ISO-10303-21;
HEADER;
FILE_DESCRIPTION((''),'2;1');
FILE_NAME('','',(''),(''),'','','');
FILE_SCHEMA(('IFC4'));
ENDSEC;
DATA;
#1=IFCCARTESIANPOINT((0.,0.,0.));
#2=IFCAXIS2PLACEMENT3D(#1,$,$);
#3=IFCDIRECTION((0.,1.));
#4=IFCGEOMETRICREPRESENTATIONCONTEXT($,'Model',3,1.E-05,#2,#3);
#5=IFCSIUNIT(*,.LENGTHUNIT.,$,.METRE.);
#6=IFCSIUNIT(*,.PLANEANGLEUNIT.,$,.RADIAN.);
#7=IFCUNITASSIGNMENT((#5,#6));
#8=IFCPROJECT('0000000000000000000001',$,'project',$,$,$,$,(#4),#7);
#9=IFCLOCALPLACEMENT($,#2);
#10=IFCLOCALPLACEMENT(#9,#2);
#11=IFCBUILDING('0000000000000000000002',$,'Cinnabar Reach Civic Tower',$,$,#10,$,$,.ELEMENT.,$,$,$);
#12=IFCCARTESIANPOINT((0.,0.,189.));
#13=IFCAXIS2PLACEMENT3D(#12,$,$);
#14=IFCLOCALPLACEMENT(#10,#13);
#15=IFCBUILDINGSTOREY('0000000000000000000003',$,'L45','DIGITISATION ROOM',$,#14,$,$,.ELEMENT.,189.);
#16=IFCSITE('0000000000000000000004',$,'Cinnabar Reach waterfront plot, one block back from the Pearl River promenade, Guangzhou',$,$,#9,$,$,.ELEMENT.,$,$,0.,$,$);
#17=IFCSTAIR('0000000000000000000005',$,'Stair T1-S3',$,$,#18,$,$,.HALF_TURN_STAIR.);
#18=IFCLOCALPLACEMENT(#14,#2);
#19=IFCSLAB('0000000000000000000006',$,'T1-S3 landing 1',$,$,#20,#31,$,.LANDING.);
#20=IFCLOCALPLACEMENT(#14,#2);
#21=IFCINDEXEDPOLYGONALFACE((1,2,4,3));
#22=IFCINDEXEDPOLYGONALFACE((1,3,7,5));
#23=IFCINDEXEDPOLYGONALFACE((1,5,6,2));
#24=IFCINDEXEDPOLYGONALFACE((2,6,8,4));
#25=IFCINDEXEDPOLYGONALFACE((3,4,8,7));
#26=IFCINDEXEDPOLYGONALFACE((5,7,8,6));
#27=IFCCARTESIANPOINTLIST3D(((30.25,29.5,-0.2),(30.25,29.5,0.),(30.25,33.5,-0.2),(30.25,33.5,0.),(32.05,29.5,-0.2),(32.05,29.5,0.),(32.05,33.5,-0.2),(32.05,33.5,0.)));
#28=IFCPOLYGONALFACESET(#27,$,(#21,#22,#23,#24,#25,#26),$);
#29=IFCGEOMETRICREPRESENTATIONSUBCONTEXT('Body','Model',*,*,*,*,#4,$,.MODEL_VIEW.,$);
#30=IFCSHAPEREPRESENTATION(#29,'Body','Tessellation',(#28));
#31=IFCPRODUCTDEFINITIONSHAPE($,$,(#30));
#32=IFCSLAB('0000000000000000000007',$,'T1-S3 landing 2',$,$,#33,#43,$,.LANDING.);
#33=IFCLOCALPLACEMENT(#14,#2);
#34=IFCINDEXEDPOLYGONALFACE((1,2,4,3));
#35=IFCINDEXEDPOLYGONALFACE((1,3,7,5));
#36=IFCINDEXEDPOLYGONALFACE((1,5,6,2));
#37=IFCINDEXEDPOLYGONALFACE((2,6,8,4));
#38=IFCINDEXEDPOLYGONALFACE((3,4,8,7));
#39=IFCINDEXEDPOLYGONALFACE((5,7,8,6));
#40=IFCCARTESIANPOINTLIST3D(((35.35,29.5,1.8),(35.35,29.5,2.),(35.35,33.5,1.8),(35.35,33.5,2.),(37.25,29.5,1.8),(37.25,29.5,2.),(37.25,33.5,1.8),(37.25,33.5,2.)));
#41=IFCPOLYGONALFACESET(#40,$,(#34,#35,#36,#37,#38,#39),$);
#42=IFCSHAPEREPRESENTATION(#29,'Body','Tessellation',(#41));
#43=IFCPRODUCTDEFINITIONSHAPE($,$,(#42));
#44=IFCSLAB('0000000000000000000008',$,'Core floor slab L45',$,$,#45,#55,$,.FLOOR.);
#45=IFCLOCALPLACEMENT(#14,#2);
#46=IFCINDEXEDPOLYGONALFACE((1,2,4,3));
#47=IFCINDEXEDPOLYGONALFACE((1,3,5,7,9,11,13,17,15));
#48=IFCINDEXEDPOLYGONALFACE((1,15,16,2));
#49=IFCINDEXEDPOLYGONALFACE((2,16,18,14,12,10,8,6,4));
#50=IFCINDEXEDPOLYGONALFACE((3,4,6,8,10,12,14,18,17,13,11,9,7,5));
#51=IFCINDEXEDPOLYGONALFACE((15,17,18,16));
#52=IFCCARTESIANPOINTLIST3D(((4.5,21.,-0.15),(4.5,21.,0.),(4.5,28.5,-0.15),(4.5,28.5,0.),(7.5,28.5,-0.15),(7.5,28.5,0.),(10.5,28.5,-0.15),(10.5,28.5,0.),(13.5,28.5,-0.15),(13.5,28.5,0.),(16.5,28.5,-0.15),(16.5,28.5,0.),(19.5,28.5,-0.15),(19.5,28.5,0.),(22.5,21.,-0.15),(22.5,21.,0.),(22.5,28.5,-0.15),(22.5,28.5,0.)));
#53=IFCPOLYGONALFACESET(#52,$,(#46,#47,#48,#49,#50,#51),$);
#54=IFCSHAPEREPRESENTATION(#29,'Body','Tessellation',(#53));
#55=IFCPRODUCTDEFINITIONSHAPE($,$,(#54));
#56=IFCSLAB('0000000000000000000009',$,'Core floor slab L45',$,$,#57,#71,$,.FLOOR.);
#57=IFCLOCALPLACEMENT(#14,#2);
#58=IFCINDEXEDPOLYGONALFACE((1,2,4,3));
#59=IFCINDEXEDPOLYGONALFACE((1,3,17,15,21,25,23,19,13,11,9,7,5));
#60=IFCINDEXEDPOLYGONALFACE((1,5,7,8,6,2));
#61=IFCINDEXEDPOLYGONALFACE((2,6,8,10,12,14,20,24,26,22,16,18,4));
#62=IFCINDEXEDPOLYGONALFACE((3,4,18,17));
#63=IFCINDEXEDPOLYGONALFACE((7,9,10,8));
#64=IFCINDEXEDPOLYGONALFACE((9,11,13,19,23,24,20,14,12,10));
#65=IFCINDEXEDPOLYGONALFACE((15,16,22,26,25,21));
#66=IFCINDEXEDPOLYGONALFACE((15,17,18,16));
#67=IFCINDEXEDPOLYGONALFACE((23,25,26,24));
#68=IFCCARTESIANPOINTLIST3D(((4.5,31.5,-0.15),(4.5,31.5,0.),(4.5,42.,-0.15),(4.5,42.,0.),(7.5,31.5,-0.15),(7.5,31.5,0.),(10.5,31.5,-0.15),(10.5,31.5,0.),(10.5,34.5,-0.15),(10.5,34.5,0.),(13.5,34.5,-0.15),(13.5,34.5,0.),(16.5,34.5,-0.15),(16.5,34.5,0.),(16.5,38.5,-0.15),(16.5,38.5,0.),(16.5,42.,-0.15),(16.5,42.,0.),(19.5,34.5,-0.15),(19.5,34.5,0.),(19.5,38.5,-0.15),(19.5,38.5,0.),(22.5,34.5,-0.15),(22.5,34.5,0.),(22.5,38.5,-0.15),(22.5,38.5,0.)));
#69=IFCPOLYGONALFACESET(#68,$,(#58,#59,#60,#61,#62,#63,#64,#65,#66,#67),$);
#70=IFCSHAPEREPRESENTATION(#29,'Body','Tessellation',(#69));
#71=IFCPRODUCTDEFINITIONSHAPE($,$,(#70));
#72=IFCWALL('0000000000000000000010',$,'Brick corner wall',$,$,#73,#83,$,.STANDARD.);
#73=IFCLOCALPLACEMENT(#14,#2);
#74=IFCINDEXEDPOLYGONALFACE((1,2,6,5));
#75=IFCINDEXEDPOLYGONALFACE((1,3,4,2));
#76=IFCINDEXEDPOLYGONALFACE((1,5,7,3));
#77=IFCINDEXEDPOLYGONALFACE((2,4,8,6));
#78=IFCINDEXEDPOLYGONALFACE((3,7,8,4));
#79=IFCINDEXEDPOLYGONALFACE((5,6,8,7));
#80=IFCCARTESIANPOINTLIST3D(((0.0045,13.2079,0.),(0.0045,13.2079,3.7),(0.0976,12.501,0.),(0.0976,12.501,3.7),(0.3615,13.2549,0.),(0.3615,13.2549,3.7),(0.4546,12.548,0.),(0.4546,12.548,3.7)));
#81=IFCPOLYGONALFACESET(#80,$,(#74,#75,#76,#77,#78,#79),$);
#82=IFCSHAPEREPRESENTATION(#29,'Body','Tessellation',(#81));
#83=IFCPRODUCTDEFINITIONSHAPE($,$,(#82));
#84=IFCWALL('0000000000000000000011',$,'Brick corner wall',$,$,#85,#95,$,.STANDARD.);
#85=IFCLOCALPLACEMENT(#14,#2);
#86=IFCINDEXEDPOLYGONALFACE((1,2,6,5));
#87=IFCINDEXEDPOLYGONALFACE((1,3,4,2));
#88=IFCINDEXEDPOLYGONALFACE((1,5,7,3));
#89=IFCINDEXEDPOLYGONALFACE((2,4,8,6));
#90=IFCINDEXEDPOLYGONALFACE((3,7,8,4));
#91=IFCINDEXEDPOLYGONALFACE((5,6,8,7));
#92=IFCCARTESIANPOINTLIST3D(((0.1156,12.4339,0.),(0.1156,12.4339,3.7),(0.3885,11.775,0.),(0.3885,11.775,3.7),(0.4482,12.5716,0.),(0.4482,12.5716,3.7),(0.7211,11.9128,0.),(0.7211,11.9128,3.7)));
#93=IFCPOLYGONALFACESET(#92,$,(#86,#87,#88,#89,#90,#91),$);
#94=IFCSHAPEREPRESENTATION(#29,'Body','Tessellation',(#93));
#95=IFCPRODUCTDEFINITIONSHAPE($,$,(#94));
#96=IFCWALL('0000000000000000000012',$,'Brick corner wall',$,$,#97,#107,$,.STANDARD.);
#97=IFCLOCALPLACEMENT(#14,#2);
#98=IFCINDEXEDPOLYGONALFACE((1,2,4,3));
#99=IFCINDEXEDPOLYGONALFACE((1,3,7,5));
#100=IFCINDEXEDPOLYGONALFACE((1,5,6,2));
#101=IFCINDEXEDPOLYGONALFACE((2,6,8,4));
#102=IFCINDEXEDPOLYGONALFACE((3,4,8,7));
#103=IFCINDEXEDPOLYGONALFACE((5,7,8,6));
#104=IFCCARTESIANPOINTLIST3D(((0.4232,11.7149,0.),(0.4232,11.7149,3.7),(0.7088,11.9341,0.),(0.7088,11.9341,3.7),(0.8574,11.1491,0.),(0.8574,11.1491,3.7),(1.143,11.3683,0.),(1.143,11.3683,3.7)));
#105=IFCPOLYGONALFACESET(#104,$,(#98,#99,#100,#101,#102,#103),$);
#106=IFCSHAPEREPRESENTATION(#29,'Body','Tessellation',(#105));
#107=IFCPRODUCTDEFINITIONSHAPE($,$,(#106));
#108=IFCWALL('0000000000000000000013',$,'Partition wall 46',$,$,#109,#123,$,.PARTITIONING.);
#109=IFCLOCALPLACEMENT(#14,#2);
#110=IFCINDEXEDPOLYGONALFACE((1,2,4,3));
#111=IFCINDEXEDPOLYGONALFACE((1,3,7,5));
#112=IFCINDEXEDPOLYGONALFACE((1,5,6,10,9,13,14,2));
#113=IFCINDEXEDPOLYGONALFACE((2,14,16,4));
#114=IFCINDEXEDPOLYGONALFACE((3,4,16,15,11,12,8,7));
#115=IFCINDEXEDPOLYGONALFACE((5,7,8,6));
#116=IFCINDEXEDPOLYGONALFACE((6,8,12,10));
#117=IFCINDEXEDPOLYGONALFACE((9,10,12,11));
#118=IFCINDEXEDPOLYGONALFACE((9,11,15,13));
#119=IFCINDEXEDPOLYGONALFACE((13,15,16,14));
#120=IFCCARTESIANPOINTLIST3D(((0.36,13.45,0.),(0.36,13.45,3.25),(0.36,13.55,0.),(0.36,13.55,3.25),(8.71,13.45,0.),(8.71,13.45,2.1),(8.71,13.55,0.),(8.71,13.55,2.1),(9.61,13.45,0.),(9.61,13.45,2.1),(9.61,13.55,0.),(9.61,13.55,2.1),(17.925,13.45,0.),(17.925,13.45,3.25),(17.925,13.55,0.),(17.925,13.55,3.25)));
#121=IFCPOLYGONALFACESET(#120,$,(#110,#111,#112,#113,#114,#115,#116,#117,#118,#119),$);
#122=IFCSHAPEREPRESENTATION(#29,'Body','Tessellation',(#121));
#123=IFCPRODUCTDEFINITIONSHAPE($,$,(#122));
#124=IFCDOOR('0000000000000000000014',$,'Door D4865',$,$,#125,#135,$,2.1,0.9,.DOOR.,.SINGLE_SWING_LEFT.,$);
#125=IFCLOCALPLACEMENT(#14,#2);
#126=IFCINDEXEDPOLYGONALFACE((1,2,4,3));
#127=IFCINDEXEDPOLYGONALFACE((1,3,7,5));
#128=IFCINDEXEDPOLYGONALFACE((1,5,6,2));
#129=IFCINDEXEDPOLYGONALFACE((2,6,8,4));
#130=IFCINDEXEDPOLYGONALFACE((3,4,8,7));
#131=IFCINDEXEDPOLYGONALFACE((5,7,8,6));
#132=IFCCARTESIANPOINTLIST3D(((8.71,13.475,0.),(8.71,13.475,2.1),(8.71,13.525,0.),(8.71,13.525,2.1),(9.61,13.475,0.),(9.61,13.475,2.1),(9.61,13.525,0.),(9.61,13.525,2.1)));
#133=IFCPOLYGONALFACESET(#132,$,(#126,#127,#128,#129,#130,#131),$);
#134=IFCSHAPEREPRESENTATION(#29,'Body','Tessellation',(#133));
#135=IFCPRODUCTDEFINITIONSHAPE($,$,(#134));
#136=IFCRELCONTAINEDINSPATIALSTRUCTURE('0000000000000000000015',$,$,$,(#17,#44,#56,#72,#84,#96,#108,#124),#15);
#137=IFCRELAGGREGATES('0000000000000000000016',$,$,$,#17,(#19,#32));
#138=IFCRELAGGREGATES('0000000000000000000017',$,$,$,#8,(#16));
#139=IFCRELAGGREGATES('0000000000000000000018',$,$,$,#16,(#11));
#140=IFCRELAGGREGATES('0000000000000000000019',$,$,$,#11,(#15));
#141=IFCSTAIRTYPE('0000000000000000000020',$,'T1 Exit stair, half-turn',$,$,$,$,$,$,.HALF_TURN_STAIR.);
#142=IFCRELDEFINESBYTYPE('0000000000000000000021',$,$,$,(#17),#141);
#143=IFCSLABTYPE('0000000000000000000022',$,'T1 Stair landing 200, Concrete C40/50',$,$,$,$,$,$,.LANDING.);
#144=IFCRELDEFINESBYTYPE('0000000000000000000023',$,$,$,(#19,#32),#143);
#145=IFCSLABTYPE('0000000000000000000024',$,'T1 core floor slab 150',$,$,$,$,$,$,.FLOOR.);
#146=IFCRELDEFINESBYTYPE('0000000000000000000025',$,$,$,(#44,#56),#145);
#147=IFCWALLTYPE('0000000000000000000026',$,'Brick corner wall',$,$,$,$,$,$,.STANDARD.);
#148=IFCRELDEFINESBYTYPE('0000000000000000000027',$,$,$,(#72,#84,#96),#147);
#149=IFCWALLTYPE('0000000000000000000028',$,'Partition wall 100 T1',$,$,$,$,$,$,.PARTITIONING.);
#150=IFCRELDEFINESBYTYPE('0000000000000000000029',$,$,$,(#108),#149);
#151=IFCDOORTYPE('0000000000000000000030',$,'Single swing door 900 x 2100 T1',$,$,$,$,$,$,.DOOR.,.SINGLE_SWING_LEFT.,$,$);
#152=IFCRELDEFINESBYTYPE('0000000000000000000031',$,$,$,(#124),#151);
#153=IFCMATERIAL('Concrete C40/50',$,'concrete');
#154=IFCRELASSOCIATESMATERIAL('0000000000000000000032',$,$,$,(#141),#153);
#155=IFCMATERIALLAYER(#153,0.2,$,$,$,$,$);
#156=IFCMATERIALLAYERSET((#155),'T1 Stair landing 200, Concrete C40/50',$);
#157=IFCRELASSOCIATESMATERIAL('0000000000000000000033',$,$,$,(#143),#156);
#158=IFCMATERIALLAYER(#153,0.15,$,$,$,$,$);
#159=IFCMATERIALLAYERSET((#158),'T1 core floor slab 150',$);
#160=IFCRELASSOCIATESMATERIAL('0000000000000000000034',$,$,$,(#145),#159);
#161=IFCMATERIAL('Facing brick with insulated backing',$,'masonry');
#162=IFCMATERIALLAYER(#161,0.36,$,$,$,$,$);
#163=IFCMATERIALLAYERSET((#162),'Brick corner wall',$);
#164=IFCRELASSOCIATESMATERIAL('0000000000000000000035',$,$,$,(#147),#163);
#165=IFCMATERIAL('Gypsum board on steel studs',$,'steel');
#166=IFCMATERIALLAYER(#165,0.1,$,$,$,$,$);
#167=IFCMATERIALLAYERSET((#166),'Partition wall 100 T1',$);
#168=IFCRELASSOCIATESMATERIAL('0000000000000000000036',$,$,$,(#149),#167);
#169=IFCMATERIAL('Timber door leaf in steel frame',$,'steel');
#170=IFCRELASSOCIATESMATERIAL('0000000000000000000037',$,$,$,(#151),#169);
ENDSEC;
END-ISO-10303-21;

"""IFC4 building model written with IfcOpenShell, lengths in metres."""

from ifc_helpers import new_model, si_unit, direction, frame, frame_2d, origin, place, context, subcontext, project, spatial, polyline, rectangle, outline, extrude, material, layer, layer_set, type_object, element, fill, aggregate, save


model = new_model("IFC4")

# Units and contexts
model_context = context("Model", 3, precision=1e-05, world=origin(), true_north=direction((0.0, 1.0)))
body_context = subcontext(model_context, "Body", "Model", "MODEL_VIEW")
ifc_project = project(units=[si_unit("LENGTHUNIT", "METRE"), si_unit("PLANEANGLEUNIT", "RADIAN")], contexts=[model_context])

# Site, building, storey
site_placement = place(None, origin())
site = spatial("IfcSite", under=ifc_project, at=site_placement, Name="Cinnabar Reach waterfront plot, one block back from the Pearl River promenade, Guangzhou", CompositionType="ELEMENT", RefElevation=0.0)
building_placement = place(site_placement, origin())
building = spatial("IfcBuilding", under=site, at=building_placement, Name="Cinnabar Reach Civic Tower", CompositionType="ELEMENT")
storey_placement = place(building_placement, frame((0.0, 0.0, 189.0)))
storey = spatial("IfcBuildingStorey", under=building, at=storey_placement, Name="L45", Description="DIGITISATION ROOM", CompositionType="ELEMENT", Elevation=189.0)

# Stair, slabs
ifc_material_1 = material(Name="Concrete C40/50", Category="concrete")
stair_type = type_object("IfcStairType", Name="T1 Exit stair, half-turn", PredefinedType="HALF_TURN_STAIR", material=ifc_material_1)
ifc_layer_1 = layer(ifc_material_1, 0.2)
ifc_layer_set_1 = layer_set([ifc_layer_1], Name="T1 Stair landing 200, Concrete C40/50")
slab_type_1 = type_object("IfcSlabType", Name="T1 Stair landing 200, Concrete C40/50", PredefinedType="LANDING", material=ifc_layer_set_1)
stair_1_placement = place(storey_placement, origin())
stair_1 = element("IfcStair", 1, at=stair_1_placement, inside=storey, type_object=stair_type, Name="Stair T1-S3", PredefinedType="HALF_TURN_STAIR")
slab_1_placement = place(storey_placement, frame((0.0, 0.0, -0.2)))
slab_1 = element("IfcSlab", 2, at=slab_1_placement, type_object=slab_type_1, Name="T1-S3 landing 1", PredefinedType="LANDING", context=body_context, shape_type="SweptSolid", body=[
    extrude(outline(polyline([(30.25, 29.5), (32.05, 29.5), (32.05, 33.5), (30.25, 33.5), (30.25, 29.5)])), origin(), (0.0, 0.0, 1.0), 0.2),
])
slab_2_placement = place(storey_placement, frame((0.0, 0.0, 1.8)))
slab_2 = element("IfcSlab", 3, at=slab_2_placement, type_object=slab_type_1, Name="T1-S3 landing 2", PredefinedType="LANDING", context=body_context, shape_type="SweptSolid", body=[
    extrude(outline(polyline([(35.35, 29.5), (37.25, 29.5), (37.25, 33.5), (35.35, 33.5), (35.35, 29.5)])), origin(), (0.0, 0.0, 1.0), 0.2),
])
aggregate(stair_1, [slab_1, slab_2])

# Slabs
ifc_layer_2 = layer(ifc_material_1, 0.15)
ifc_layer_set_2 = layer_set([ifc_layer_2], Name="T1 core floor slab 150")
slab_type_2 = type_object("IfcSlabType", Name="T1 core floor slab 150", PredefinedType="FLOOR", material=ifc_layer_set_2)
slab_3_placement = place(storey_placement, frame((0.0, 0.0, -0.15)))
element("IfcSlab", 4, at=slab_3_placement, inside=storey, type_object=slab_type_2, Name="Core floor slab L45", PredefinedType="FLOOR", context=body_context, shape_type="SweptSolid", body=[
    extrude(outline(polyline([(22.5, 21.0), (4.5, 21.0), (4.5, 28.5), (7.5, 28.5), (10.5, 28.5), (13.5, 28.5), (16.5, 28.5), (19.5, 28.5), (22.5, 28.5), (22.5, 21.0)])), origin(), (0.0, 0.0, 1.0), 0.15),
])
slab_4_placement = place(storey_placement, frame((0.0, 0.0, -0.15)))
element("IfcSlab", 5, at=slab_4_placement, inside=storey, type_object=slab_type_2, Name="Core floor slab L45", PredefinedType="FLOOR", context=body_context, shape_type="SweptSolid", body=[
    extrude(outline(polyline([(22.5, 34.5), (19.5, 34.5), (16.5, 34.5), (13.5, 34.5), (10.5, 34.5), (10.5, 31.5), (7.5, 31.5), (4.5, 31.5), (4.5, 42.0), (16.5, 42.0), (16.5, 38.5), (19.5, 38.5), (22.5, 38.5), (22.5, 34.5)])), origin(), (0.0, 0.0, 1.0), 0.15),
])

# Walls
ifc_material_2 = material(Name="Facing brick with insulated backing", Category="masonry")
ifc_layer_3 = layer(ifc_material_2, 0.36)
ifc_layer_set_3 = layer_set([ifc_layer_3], Name="Brick corner wall")
wall_type_1 = type_object("IfcWallType", Name="Brick corner wall", PredefinedType="STANDARD", material=ifc_layer_set_3)
for number, where, z_axis, x_axis, name in (
    (6, (0.183, 13.2314, 0.0), (0.0, 0.0, 1.0), (0.130556, -0.991441, 0.0), "Brick corner wall"),
    (7, (0.2819, 12.5027, 0.0), (0.0, 0.0, 1.0), (0.382703, -0.923872, 0.0), "Brick corner wall"),
):
    element("IfcWall", number, at=place(storey_placement, frame(where, z_axis=z_axis, x_axis=x_axis)), inside=storey, type_object=wall_type_1, Name=name, PredefinedType="STANDARD", context=body_context, shape_type="SweptSolid", body=[
        extrude(rectangle(XDim=0.7131, YDim=0.36, at=frame_2d((0.3565, 0.0))), origin(), (0.0, 0.0, 1.0), 3.7),
    ])
wall_1_placement = place(storey_placement, frame((0.566, 11.8245, 0.0), z_axis=(0.0, 0.0, 1.0), x_axis=(0.608802, -0.793322, 0.0)))
element("IfcWall", 8, at=wall_1_placement, inside=storey, type_object=wall_type_1, Name="Brick corner wall", PredefinedType="STANDARD", context=body_context, shape_type="SweptSolid", body=[
    extrude(rectangle(XDim=0.7132, YDim=0.36, at=frame_2d((0.3566, 0.0))), origin(), (0.0, 0.0, 1.0), 3.7),
])

# Wall, opening, door
ifc_material_3 = material(Name="Gypsum board on steel studs", Category="steel")
ifc_layer_4 = layer(ifc_material_3, 0.1)
ifc_layer_set_4 = layer_set([ifc_layer_4], Name="Partition wall 100 T1")
wall_type_2 = type_object("IfcWallType", Name="Partition wall 100 T1", PredefinedType="PARTITIONING", material=ifc_layer_set_4)
wall_2_placement = place(storey_placement, frame((0.36, 13.5, 0.0), z_axis=(0.0, 0.0, 1.0), x_axis=(1.0, 0.0, 0.0)))
wall_2 = element("IfcWall", 9, at=wall_2_placement, inside=storey, type_object=wall_type_2, Name="Partition wall 46", PredefinedType="PARTITIONING", context=body_context, shape_type="SweptSolid", body=[
    extrude(rectangle(XDim=17.565, YDim=0.1, at=frame_2d((8.7825, 0.0))), origin(), (0.0, 0.0, 1.0), 3.25),
])
opening_placement = place(wall_2_placement, frame((8.35, 0.0, 0.0)))
opening = element("IfcOpeningElement", 10, at=opening_placement, cuts=wall_2, PredefinedType="OPENING", context=body_context, shape_type="SweptSolid", body=[
    extrude(rectangle(XDim=0.9, YDim=2.1, at=frame_2d((0.45, 1.05))), frame((0.0, 0.06, 0.0), z_axis=(0.0, -1.0, 0.0), x_axis=(1.0, 0.0, 0.0)), (0.0, 0.0, 1.0), 0.12),
])
ifc_material_4 = material(Name="Timber door leaf in steel frame", Category="steel")
door_type = type_object("IfcDoorType", Name="Single swing door 900 x 2100 T1", OperationType="SINGLE_SWING_LEFT", PredefinedType="DOOR", material=ifc_material_4)
door_placement = place(opening_placement, frame((0.9, 0.0, 0.0), z_axis=(0.0, 0.0, 1.0), x_axis=(-1.0, 0.0, 0.0)))
door = element("IfcDoor", 11, at=door_placement, inside=storey, type_object=door_type, Name="Door D4865", OperationType="SINGLE_SWING_LEFT", OverallHeight=2.1, OverallWidth=0.9, PredefinedType="DOOR", context=body_context, shape_type="SweptSolid", body=[
    extrude(rectangle(XDim=0.9, YDim=2.1, at=frame_2d((0.45, 1.05))), frame((0.0, 0.025, 0.0), z_axis=(0.0, -1.0, 0.0), x_axis=(1.0, 0.0, 0.0)), (0.0, 0.0, 1.0), 0.05),
])
fill(opening, door)

save(model, "model.ifc")
